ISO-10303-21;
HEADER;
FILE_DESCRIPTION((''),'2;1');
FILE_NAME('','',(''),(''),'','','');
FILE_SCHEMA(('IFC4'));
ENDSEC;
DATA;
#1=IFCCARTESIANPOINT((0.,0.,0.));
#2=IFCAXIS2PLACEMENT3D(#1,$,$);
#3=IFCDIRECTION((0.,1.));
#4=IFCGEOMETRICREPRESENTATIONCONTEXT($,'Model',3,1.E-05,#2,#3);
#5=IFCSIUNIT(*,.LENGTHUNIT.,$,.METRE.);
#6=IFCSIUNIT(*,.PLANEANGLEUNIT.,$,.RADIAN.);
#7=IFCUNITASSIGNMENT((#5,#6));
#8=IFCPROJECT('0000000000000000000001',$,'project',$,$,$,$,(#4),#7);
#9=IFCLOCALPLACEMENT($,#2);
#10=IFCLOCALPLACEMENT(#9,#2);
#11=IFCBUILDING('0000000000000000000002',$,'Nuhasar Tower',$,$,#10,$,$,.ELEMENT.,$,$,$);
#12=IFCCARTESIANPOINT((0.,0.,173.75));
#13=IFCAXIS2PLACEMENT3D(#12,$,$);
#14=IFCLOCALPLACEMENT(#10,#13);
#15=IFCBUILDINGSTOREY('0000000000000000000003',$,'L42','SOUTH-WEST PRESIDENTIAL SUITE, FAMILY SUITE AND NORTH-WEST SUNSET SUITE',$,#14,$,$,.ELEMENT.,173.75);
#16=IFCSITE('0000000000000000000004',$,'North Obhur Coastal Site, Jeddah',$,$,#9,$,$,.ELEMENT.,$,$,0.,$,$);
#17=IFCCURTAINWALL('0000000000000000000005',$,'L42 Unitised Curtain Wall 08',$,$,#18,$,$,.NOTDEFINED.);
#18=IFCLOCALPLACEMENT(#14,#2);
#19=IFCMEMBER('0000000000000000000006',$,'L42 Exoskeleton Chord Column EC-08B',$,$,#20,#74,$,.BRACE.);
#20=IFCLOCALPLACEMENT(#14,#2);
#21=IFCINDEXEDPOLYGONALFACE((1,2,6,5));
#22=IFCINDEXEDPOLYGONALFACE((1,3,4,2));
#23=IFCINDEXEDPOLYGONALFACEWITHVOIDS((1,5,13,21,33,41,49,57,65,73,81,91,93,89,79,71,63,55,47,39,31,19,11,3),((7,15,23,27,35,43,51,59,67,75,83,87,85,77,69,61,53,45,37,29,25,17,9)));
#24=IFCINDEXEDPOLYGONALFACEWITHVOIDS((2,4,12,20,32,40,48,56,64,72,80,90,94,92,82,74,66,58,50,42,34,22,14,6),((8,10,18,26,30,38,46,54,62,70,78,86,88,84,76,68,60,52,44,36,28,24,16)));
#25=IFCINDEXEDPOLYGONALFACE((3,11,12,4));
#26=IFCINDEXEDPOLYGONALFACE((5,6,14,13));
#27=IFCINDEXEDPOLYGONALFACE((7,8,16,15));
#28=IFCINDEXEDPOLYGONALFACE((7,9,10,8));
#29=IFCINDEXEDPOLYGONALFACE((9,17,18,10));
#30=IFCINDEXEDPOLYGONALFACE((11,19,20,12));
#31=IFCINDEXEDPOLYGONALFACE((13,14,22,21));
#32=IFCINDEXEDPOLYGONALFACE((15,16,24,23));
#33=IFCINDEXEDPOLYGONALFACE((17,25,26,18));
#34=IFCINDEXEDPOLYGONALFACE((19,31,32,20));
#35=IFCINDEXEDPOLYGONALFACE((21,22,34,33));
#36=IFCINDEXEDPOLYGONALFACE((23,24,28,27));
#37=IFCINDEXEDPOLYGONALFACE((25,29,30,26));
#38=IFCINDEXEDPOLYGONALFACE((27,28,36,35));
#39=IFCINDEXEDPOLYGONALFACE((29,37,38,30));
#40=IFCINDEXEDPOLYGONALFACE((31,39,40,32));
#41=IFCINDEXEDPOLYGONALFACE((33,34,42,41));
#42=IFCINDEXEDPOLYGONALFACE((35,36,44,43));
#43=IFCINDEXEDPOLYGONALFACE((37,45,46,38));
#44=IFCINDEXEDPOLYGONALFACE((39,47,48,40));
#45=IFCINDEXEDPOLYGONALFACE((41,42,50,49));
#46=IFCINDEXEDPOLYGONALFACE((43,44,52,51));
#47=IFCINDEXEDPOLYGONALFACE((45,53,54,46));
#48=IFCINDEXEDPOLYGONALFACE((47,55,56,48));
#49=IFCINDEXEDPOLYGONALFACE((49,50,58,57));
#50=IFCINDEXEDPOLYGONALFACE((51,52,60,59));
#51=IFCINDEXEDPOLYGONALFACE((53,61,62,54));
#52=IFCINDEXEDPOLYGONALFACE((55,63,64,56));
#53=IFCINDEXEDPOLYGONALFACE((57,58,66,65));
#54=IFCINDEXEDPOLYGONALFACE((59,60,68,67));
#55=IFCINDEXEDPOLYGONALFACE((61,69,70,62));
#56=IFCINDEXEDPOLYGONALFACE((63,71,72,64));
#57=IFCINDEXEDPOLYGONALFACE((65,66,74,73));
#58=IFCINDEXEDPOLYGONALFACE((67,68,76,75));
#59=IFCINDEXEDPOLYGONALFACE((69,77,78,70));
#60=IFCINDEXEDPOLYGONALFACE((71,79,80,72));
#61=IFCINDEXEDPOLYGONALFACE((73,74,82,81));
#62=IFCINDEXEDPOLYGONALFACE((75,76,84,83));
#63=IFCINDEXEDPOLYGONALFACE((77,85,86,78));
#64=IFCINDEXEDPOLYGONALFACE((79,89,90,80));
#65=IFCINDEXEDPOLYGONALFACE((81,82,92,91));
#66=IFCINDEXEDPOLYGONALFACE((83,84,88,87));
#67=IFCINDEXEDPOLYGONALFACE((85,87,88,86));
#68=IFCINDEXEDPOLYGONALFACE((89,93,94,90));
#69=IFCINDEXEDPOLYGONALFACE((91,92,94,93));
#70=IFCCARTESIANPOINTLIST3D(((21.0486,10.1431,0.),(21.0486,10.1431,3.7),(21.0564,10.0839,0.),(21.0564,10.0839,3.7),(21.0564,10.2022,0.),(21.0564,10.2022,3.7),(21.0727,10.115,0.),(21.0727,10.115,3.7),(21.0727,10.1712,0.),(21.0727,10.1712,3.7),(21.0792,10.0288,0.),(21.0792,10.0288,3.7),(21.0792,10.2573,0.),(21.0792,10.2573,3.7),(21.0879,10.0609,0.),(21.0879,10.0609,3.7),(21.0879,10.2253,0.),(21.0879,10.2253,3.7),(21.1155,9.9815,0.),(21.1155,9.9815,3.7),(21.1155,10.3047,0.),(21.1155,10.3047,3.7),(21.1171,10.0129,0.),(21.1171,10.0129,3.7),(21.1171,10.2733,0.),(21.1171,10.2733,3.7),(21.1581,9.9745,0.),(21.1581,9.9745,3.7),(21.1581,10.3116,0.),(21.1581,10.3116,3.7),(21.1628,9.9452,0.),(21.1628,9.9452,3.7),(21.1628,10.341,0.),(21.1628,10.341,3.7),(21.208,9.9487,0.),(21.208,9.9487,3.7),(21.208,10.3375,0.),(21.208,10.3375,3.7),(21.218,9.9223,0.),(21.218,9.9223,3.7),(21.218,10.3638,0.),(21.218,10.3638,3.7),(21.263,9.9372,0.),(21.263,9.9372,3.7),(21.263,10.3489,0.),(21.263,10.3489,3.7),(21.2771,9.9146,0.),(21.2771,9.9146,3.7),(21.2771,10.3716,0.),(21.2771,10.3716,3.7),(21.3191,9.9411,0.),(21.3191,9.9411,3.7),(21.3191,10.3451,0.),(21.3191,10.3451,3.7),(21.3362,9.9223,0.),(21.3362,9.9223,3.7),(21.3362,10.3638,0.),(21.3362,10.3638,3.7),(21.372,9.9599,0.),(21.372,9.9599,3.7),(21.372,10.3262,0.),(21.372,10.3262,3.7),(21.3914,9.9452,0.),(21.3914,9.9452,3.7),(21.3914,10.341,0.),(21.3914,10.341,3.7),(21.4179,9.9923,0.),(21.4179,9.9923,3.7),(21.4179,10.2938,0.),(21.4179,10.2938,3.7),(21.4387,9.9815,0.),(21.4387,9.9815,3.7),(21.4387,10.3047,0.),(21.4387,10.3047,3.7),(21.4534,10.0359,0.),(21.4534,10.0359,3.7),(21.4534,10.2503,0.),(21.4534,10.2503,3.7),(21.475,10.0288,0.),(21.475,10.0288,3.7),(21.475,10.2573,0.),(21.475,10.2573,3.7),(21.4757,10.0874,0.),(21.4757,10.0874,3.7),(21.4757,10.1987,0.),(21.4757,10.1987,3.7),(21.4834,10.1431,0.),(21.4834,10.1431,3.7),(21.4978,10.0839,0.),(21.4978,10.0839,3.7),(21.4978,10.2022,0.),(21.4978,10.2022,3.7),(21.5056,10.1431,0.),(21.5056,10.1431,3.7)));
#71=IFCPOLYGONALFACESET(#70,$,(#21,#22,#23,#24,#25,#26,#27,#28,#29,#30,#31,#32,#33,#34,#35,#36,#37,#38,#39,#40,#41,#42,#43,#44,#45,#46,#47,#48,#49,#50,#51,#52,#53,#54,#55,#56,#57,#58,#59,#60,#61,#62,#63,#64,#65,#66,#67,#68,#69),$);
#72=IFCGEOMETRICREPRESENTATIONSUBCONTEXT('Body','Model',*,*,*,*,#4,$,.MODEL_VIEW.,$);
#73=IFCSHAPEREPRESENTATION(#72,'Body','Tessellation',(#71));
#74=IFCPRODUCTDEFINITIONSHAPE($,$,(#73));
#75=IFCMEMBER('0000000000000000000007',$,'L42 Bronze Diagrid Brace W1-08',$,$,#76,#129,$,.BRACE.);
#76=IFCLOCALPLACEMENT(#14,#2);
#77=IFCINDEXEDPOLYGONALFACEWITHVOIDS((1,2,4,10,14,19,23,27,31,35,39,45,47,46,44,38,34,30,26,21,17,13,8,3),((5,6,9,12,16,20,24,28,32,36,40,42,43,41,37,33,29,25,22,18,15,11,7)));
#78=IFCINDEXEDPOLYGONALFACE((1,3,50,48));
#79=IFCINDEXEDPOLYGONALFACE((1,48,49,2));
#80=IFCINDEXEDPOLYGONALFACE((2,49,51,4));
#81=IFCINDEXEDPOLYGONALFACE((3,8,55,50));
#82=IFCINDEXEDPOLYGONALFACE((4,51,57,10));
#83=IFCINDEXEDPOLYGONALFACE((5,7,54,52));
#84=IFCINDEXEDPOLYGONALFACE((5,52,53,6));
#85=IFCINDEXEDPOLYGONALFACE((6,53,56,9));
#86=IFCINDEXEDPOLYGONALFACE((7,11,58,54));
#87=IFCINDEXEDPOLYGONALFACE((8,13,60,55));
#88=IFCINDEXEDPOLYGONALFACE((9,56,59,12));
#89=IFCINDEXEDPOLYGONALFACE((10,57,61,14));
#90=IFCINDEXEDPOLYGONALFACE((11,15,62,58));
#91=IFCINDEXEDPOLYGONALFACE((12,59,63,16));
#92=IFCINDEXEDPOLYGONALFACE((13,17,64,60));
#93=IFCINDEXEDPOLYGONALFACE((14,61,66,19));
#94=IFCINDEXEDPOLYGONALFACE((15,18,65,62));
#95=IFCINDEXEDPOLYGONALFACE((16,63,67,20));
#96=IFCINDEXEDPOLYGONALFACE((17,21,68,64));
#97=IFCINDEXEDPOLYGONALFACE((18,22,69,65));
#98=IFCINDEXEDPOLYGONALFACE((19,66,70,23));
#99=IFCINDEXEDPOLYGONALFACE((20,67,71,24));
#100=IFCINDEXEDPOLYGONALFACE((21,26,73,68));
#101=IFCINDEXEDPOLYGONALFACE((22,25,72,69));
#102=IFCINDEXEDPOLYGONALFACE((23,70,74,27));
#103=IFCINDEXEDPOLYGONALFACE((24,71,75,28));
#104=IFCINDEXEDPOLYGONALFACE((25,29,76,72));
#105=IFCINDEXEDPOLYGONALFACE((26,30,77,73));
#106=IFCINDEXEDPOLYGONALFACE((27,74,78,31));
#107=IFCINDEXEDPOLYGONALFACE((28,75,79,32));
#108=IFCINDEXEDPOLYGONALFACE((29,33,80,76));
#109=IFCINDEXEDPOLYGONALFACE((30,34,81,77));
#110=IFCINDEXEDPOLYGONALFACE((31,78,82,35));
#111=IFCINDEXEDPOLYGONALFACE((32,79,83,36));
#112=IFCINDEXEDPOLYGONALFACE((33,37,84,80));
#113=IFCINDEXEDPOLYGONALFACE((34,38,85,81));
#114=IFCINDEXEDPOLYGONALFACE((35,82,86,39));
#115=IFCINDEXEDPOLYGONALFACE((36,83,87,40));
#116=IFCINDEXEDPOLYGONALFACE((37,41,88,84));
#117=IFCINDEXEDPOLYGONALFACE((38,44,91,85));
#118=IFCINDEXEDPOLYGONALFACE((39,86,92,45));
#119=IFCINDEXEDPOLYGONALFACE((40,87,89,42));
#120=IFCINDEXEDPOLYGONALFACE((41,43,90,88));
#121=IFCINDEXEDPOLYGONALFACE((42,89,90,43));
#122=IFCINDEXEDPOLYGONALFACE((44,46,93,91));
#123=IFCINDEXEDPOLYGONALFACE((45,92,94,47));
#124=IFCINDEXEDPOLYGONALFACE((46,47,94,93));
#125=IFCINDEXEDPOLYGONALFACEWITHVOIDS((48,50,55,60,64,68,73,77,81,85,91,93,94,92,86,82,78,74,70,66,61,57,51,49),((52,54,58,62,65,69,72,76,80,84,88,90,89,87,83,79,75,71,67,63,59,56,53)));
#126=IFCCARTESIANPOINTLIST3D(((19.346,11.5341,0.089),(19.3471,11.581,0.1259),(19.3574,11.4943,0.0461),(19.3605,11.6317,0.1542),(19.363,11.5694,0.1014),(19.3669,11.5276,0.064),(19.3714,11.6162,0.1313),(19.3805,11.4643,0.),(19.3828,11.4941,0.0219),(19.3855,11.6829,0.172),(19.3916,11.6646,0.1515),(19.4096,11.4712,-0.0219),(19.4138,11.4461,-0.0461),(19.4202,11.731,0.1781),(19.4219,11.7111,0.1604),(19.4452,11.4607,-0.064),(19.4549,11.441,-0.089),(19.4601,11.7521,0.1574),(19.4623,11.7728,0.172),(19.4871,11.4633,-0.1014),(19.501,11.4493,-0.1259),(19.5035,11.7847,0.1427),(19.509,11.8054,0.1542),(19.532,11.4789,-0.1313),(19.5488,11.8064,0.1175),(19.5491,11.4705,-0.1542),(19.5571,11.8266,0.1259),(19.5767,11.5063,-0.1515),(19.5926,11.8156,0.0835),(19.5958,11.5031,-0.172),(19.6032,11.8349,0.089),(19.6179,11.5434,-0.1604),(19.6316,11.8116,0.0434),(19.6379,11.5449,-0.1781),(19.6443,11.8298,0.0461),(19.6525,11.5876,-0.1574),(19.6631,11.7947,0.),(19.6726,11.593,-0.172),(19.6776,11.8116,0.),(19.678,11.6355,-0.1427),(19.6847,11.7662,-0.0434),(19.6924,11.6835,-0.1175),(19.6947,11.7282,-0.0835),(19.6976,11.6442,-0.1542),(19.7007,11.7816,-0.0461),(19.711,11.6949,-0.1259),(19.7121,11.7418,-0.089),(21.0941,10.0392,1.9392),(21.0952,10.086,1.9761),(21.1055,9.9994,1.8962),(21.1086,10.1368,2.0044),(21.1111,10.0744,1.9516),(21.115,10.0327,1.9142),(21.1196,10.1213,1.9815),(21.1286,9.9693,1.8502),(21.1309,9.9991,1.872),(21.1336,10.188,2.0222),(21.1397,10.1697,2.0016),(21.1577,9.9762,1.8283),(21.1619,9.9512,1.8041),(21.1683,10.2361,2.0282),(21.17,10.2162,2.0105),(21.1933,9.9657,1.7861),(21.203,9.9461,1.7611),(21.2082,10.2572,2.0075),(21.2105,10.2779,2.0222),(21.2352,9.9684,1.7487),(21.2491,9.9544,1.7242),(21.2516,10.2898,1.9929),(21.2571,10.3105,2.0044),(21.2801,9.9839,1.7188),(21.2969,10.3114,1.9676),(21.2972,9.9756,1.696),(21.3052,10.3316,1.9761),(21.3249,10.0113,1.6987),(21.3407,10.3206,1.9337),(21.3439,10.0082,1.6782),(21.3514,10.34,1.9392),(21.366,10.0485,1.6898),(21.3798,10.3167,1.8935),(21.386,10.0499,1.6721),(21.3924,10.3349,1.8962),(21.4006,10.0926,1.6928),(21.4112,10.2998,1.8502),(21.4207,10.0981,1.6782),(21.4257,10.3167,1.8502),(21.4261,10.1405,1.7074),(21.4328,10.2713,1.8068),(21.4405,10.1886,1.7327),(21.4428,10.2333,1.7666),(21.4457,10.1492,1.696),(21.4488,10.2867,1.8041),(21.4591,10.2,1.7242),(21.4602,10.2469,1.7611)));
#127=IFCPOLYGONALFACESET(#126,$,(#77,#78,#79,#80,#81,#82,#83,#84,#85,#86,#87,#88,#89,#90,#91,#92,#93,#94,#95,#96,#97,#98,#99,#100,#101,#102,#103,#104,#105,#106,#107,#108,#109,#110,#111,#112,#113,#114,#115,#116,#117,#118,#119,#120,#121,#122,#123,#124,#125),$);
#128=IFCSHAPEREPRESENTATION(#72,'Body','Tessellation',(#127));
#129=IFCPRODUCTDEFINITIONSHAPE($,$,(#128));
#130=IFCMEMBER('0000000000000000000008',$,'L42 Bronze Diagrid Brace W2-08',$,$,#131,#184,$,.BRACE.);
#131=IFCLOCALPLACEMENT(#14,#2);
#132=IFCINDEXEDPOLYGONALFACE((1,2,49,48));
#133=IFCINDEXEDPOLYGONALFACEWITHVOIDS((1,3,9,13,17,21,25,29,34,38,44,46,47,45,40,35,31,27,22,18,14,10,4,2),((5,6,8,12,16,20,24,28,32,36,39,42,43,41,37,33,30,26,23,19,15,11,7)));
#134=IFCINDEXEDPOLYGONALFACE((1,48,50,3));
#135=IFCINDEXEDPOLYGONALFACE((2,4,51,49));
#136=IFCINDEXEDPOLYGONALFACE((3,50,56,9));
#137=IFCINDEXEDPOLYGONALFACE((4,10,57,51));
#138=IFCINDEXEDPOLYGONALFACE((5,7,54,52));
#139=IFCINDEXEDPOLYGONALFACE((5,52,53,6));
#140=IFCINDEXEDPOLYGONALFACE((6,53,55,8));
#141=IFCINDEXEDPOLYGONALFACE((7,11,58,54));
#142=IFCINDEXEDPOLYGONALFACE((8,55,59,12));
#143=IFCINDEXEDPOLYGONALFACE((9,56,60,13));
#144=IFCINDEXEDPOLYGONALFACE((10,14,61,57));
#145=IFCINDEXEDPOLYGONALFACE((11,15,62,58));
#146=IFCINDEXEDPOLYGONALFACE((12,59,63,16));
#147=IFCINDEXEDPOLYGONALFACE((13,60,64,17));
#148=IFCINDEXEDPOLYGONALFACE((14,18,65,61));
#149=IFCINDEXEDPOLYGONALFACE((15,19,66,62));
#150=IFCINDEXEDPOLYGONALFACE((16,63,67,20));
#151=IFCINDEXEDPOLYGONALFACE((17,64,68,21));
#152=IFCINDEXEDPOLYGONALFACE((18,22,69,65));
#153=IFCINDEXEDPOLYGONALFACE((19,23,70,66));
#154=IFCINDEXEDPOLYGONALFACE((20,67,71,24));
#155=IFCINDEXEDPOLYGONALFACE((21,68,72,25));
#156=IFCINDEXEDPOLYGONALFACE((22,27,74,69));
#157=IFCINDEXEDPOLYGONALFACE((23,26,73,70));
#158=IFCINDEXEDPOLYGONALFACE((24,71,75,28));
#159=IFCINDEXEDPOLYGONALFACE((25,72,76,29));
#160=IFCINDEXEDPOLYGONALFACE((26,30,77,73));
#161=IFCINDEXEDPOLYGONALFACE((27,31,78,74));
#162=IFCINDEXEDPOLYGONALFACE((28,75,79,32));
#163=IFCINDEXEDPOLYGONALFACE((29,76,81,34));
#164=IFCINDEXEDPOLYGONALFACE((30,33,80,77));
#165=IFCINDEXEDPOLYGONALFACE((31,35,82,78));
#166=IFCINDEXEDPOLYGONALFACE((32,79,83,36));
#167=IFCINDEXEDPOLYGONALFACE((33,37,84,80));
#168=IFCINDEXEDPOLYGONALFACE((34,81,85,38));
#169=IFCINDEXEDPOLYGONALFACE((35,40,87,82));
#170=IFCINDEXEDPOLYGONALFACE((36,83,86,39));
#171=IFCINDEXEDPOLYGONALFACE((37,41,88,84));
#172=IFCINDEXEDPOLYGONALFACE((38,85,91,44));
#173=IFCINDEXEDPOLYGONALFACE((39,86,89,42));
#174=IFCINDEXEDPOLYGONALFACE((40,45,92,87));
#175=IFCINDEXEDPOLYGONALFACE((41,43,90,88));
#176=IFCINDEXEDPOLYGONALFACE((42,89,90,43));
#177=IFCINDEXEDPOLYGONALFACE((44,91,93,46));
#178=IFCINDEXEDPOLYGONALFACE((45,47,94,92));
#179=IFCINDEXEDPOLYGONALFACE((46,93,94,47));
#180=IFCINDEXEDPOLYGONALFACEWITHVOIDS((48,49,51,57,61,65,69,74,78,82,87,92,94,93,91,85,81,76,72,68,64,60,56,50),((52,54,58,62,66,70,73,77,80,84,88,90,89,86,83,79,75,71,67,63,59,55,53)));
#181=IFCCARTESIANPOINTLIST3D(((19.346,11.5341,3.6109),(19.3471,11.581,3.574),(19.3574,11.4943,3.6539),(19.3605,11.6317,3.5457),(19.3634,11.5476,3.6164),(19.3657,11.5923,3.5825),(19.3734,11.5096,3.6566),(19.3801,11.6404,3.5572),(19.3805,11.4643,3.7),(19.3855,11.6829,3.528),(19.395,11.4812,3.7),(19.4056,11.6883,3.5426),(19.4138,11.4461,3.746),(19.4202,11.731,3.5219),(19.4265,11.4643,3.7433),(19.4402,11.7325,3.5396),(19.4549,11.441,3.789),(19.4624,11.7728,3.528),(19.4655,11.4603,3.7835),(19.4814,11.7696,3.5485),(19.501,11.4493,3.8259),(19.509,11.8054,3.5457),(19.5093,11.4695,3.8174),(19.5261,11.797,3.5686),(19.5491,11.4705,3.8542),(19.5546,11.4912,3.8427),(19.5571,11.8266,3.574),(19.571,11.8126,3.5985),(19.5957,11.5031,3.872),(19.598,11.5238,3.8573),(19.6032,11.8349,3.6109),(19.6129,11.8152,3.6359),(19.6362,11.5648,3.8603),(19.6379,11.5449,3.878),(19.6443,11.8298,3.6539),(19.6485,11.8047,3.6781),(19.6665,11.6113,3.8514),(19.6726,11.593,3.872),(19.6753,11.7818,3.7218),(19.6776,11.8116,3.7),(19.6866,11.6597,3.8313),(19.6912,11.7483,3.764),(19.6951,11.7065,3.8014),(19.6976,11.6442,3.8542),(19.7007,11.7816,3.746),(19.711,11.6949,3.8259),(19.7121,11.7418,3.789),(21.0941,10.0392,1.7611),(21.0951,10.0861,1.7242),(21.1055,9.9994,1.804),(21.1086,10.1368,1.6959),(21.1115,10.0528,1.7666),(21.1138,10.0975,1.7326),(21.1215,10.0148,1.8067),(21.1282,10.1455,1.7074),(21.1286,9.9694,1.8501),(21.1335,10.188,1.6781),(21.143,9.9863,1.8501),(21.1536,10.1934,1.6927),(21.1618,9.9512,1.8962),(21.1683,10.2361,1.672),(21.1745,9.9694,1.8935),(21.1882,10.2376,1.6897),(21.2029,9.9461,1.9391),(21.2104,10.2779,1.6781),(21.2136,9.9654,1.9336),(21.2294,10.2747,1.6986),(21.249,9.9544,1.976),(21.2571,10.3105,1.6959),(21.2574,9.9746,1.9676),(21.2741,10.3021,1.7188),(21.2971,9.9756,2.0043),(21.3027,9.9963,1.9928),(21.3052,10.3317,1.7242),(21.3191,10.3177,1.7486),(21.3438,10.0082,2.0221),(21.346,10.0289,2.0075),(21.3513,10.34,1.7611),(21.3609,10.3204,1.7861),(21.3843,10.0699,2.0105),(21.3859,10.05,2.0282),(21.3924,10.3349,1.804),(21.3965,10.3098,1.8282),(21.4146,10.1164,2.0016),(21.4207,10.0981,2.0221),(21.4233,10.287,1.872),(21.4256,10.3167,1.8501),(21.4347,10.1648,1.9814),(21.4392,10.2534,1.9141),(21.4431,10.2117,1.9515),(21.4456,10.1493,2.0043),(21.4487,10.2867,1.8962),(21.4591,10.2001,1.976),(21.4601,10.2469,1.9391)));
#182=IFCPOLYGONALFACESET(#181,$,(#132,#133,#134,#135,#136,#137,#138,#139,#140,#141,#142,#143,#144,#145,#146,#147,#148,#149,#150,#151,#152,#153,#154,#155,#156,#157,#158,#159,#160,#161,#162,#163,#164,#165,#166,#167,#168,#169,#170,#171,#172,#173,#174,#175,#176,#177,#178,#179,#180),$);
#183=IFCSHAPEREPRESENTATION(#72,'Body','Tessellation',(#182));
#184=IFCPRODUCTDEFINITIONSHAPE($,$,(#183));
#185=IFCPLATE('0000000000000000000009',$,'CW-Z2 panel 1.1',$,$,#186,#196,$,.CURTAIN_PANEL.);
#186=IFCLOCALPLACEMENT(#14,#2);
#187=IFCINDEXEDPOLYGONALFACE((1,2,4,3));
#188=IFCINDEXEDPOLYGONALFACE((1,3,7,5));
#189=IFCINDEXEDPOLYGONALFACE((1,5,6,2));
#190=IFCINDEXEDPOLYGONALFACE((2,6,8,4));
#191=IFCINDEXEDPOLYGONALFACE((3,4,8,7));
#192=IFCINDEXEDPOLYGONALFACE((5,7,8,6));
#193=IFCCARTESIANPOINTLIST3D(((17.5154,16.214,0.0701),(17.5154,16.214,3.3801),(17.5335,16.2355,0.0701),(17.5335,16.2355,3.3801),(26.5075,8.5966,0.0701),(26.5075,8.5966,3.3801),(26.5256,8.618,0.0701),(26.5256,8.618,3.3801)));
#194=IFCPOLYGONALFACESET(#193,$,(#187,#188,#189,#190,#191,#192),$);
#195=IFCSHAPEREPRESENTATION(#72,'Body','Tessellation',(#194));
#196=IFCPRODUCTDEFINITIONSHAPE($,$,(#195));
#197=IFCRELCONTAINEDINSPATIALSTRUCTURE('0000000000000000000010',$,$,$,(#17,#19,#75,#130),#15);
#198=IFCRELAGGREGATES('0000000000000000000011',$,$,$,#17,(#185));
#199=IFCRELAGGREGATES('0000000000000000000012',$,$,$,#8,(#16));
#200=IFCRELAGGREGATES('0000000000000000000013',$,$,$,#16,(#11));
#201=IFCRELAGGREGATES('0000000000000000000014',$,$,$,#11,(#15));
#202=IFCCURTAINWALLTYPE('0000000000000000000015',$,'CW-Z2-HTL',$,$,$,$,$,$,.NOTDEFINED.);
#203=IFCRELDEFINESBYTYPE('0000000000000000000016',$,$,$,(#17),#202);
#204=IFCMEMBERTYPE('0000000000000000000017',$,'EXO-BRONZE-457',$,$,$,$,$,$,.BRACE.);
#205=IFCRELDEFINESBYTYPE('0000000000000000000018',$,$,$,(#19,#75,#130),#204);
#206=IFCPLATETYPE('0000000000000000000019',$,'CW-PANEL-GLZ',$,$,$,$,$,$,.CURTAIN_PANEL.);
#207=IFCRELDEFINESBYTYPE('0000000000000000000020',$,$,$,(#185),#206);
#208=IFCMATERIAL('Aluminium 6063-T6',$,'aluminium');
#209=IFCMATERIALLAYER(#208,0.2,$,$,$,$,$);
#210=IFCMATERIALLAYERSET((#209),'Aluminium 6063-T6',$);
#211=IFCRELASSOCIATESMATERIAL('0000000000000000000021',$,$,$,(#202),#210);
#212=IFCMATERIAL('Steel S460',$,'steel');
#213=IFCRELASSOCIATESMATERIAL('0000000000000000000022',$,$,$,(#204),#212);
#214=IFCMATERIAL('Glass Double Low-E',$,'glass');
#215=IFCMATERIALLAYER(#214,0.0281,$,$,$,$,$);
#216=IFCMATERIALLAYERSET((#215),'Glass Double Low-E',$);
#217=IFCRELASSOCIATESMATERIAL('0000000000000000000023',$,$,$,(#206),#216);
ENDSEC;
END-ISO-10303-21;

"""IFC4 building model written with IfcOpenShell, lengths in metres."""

from ifc_helpers import new_model, si_unit, direction, frame, origin, origin_2d, place, context, subcontext, project, spatial, rectangle, hollow_circle, extrude, material, layer, layer_set, material_profile, profile_set, type_object, element, aggregate, save


model = new_model("IFC4")

# Units and contexts
model_context = context("Model", 3, precision=1e-05, world=origin(), true_north=direction((0.0, 1.0)))
body_context = subcontext(model_context, "Body", "Model", "MODEL_VIEW")
ifc_project = project(units=[si_unit("LENGTHUNIT", "METRE"), si_unit("PLANEANGLEUNIT", "RADIAN")], contexts=[model_context])

# Site, building, storey
site_placement = place(None, origin())
site = spatial("IfcSite", under=ifc_project, at=site_placement, Name="North Obhur Coastal Site, Jeddah", CompositionType="ELEMENT", RefElevation=0.0)
building_placement = place(site_placement, origin())
building = spatial("IfcBuilding", under=site, at=building_placement, Name="Nuhasar Tower", CompositionType="ELEMENT")
storey_placement = place(building_placement, frame((0.0, 0.0, 173.75)))
storey = spatial("IfcBuildingStorey", under=building, at=storey_placement, Name="L42", Description="SOUTH-WEST PRESIDENTIAL SUITE, FAMILY SUITE AND NORTH-WEST SUNSET SUITE", CompositionType="ELEMENT", Elevation=173.75)

# Curtain wall
ifc_material_1 = material(Name="Aluminium 6063-T6", Category="aluminium")
ifc_layer_1 = layer(ifc_material_1, 0.2)
ifc_layer_set_1 = layer_set([ifc_layer_1], Name="Aluminium 6063-T6")
curtain_wall_type = type_object("IfcCurtainWallType", Name="CW-Z2-HTL", PredefinedType="NOTDEFINED", material=ifc_layer_set_1)
curtain_wall_1_placement = place(storey_placement, origin())
curtain_wall_1 = element("IfcCurtainWall", 1, at=curtain_wall_1_placement, inside=storey, type_object=curtain_wall_type, Name="L42 Unitised Curtain Wall 08", PredefinedType="NOTDEFINED")

# Members
ifc_material_2 = material(Name="Steel S460", Category="steel")
ifc_material_profile_1 = material_profile(ifc_material_2, hollow_circle(Radius=0.2285, WallThickness=0.0222, at=origin_2d()), Name="HSS457X22.2")
ifc_profile_set_1 = profile_set([ifc_material_profile_1], Name="Steel S460")
member_type_1 = type_object("IfcMemberType", Name="EXO-BRONZE-457", PredefinedType="BRACE", material=ifc_profile_set_1)
for number, where, z_axis, x_axis, name in (
    (2, (21.2771, 10.1431, 0.0), (0.0, 0.0, 1.0), (1.0, 0.0, 0.0), "L42 Exoskeleton Chord Column EC-08B"),
):
    element("IfcMember", number, at=place(storey_placement, frame(where, z_axis=z_axis, x_axis=x_axis)), inside=storey, type_object=member_type_1, Name=name, PredefinedType="BRACE", context=body_context, shape_type="SweptSolid", body=[
        extrude(hollow_circle(Radius=0.2285, WallThickness=0.0222, at=origin_2d()), origin(), (0.0, 0.0, 1.0), 3.7),
    ])
member_1_placement = place(storey_placement, frame((19.5291, 11.6379, 0.0), z_axis=(0.592195, -0.506426, 0.626767), x_axis=(0.649926, 0.759998, 0.0)))
element("IfcMember", 3, at=member_1_placement, inside=storey, type_object=member_type_1, Name="L42 Bronze Diagrid Brace W1-08", PredefinedType="BRACE", context=body_context, shape_type="SweptSolid", body=[
    extrude(hollow_circle(Radius=0.2285, WallThickness=0.0222, at=origin_2d()), origin(), (0.0, 0.0, 1.0), 2.9519),
])
member_2_placement = place(storey_placement, frame((21.2771, 10.1431, 1.8501), z_axis=(-0.592226, 0.506452, 0.626717), x_axis=(-0.649926, -0.759998, 0.0)))
element("IfcMember", 4, at=member_2_placement, inside=storey, type_object=member_type_1, Name="L42 Bronze Diagrid Brace W2-08", PredefinedType="BRACE", context=body_context, shape_type="SweptSolid", body=[
    extrude(hollow_circle(Radius=0.2285, WallThickness=0.0222, at=origin_2d()), origin(), (0.0, 0.0, 1.0), 2.9517),
])

# Plate
ifc_material_3 = material(Name="Glass Double Low-E", Category="glass")
ifc_layer_2 = layer(ifc_material_3, 0.0281)
ifc_layer_set_2 = layer_set([ifc_layer_2], Name="Glass Double Low-E")
plate_type = type_object("IfcPlateType", Name="CW-PANEL-GLZ", PredefinedType="CURTAIN_PANEL", material=ifc_layer_set_2)
plate_placement = place(storey_placement, frame((22.0205, 12.416, 0.0701), z_axis=(0.0, 0.0, 1.0), x_axis=(0.76302, -0.646374, 0.0)))
plate = element("IfcPlate", 5, at=plate_placement, type_object=plate_type, Name="CW-Z2 panel 1.1", PredefinedType="CURTAIN_PANEL", context=body_context, shape_type="SweptSolid", body=[
    extrude(rectangle(XDim=11.7849, YDim=0.0281, at=origin_2d()), origin(), (0.0, 0.0, 1.0), 3.3101),
])
aggregate(curtain_wall_1, [plate])

save(model, "model.ifc")
